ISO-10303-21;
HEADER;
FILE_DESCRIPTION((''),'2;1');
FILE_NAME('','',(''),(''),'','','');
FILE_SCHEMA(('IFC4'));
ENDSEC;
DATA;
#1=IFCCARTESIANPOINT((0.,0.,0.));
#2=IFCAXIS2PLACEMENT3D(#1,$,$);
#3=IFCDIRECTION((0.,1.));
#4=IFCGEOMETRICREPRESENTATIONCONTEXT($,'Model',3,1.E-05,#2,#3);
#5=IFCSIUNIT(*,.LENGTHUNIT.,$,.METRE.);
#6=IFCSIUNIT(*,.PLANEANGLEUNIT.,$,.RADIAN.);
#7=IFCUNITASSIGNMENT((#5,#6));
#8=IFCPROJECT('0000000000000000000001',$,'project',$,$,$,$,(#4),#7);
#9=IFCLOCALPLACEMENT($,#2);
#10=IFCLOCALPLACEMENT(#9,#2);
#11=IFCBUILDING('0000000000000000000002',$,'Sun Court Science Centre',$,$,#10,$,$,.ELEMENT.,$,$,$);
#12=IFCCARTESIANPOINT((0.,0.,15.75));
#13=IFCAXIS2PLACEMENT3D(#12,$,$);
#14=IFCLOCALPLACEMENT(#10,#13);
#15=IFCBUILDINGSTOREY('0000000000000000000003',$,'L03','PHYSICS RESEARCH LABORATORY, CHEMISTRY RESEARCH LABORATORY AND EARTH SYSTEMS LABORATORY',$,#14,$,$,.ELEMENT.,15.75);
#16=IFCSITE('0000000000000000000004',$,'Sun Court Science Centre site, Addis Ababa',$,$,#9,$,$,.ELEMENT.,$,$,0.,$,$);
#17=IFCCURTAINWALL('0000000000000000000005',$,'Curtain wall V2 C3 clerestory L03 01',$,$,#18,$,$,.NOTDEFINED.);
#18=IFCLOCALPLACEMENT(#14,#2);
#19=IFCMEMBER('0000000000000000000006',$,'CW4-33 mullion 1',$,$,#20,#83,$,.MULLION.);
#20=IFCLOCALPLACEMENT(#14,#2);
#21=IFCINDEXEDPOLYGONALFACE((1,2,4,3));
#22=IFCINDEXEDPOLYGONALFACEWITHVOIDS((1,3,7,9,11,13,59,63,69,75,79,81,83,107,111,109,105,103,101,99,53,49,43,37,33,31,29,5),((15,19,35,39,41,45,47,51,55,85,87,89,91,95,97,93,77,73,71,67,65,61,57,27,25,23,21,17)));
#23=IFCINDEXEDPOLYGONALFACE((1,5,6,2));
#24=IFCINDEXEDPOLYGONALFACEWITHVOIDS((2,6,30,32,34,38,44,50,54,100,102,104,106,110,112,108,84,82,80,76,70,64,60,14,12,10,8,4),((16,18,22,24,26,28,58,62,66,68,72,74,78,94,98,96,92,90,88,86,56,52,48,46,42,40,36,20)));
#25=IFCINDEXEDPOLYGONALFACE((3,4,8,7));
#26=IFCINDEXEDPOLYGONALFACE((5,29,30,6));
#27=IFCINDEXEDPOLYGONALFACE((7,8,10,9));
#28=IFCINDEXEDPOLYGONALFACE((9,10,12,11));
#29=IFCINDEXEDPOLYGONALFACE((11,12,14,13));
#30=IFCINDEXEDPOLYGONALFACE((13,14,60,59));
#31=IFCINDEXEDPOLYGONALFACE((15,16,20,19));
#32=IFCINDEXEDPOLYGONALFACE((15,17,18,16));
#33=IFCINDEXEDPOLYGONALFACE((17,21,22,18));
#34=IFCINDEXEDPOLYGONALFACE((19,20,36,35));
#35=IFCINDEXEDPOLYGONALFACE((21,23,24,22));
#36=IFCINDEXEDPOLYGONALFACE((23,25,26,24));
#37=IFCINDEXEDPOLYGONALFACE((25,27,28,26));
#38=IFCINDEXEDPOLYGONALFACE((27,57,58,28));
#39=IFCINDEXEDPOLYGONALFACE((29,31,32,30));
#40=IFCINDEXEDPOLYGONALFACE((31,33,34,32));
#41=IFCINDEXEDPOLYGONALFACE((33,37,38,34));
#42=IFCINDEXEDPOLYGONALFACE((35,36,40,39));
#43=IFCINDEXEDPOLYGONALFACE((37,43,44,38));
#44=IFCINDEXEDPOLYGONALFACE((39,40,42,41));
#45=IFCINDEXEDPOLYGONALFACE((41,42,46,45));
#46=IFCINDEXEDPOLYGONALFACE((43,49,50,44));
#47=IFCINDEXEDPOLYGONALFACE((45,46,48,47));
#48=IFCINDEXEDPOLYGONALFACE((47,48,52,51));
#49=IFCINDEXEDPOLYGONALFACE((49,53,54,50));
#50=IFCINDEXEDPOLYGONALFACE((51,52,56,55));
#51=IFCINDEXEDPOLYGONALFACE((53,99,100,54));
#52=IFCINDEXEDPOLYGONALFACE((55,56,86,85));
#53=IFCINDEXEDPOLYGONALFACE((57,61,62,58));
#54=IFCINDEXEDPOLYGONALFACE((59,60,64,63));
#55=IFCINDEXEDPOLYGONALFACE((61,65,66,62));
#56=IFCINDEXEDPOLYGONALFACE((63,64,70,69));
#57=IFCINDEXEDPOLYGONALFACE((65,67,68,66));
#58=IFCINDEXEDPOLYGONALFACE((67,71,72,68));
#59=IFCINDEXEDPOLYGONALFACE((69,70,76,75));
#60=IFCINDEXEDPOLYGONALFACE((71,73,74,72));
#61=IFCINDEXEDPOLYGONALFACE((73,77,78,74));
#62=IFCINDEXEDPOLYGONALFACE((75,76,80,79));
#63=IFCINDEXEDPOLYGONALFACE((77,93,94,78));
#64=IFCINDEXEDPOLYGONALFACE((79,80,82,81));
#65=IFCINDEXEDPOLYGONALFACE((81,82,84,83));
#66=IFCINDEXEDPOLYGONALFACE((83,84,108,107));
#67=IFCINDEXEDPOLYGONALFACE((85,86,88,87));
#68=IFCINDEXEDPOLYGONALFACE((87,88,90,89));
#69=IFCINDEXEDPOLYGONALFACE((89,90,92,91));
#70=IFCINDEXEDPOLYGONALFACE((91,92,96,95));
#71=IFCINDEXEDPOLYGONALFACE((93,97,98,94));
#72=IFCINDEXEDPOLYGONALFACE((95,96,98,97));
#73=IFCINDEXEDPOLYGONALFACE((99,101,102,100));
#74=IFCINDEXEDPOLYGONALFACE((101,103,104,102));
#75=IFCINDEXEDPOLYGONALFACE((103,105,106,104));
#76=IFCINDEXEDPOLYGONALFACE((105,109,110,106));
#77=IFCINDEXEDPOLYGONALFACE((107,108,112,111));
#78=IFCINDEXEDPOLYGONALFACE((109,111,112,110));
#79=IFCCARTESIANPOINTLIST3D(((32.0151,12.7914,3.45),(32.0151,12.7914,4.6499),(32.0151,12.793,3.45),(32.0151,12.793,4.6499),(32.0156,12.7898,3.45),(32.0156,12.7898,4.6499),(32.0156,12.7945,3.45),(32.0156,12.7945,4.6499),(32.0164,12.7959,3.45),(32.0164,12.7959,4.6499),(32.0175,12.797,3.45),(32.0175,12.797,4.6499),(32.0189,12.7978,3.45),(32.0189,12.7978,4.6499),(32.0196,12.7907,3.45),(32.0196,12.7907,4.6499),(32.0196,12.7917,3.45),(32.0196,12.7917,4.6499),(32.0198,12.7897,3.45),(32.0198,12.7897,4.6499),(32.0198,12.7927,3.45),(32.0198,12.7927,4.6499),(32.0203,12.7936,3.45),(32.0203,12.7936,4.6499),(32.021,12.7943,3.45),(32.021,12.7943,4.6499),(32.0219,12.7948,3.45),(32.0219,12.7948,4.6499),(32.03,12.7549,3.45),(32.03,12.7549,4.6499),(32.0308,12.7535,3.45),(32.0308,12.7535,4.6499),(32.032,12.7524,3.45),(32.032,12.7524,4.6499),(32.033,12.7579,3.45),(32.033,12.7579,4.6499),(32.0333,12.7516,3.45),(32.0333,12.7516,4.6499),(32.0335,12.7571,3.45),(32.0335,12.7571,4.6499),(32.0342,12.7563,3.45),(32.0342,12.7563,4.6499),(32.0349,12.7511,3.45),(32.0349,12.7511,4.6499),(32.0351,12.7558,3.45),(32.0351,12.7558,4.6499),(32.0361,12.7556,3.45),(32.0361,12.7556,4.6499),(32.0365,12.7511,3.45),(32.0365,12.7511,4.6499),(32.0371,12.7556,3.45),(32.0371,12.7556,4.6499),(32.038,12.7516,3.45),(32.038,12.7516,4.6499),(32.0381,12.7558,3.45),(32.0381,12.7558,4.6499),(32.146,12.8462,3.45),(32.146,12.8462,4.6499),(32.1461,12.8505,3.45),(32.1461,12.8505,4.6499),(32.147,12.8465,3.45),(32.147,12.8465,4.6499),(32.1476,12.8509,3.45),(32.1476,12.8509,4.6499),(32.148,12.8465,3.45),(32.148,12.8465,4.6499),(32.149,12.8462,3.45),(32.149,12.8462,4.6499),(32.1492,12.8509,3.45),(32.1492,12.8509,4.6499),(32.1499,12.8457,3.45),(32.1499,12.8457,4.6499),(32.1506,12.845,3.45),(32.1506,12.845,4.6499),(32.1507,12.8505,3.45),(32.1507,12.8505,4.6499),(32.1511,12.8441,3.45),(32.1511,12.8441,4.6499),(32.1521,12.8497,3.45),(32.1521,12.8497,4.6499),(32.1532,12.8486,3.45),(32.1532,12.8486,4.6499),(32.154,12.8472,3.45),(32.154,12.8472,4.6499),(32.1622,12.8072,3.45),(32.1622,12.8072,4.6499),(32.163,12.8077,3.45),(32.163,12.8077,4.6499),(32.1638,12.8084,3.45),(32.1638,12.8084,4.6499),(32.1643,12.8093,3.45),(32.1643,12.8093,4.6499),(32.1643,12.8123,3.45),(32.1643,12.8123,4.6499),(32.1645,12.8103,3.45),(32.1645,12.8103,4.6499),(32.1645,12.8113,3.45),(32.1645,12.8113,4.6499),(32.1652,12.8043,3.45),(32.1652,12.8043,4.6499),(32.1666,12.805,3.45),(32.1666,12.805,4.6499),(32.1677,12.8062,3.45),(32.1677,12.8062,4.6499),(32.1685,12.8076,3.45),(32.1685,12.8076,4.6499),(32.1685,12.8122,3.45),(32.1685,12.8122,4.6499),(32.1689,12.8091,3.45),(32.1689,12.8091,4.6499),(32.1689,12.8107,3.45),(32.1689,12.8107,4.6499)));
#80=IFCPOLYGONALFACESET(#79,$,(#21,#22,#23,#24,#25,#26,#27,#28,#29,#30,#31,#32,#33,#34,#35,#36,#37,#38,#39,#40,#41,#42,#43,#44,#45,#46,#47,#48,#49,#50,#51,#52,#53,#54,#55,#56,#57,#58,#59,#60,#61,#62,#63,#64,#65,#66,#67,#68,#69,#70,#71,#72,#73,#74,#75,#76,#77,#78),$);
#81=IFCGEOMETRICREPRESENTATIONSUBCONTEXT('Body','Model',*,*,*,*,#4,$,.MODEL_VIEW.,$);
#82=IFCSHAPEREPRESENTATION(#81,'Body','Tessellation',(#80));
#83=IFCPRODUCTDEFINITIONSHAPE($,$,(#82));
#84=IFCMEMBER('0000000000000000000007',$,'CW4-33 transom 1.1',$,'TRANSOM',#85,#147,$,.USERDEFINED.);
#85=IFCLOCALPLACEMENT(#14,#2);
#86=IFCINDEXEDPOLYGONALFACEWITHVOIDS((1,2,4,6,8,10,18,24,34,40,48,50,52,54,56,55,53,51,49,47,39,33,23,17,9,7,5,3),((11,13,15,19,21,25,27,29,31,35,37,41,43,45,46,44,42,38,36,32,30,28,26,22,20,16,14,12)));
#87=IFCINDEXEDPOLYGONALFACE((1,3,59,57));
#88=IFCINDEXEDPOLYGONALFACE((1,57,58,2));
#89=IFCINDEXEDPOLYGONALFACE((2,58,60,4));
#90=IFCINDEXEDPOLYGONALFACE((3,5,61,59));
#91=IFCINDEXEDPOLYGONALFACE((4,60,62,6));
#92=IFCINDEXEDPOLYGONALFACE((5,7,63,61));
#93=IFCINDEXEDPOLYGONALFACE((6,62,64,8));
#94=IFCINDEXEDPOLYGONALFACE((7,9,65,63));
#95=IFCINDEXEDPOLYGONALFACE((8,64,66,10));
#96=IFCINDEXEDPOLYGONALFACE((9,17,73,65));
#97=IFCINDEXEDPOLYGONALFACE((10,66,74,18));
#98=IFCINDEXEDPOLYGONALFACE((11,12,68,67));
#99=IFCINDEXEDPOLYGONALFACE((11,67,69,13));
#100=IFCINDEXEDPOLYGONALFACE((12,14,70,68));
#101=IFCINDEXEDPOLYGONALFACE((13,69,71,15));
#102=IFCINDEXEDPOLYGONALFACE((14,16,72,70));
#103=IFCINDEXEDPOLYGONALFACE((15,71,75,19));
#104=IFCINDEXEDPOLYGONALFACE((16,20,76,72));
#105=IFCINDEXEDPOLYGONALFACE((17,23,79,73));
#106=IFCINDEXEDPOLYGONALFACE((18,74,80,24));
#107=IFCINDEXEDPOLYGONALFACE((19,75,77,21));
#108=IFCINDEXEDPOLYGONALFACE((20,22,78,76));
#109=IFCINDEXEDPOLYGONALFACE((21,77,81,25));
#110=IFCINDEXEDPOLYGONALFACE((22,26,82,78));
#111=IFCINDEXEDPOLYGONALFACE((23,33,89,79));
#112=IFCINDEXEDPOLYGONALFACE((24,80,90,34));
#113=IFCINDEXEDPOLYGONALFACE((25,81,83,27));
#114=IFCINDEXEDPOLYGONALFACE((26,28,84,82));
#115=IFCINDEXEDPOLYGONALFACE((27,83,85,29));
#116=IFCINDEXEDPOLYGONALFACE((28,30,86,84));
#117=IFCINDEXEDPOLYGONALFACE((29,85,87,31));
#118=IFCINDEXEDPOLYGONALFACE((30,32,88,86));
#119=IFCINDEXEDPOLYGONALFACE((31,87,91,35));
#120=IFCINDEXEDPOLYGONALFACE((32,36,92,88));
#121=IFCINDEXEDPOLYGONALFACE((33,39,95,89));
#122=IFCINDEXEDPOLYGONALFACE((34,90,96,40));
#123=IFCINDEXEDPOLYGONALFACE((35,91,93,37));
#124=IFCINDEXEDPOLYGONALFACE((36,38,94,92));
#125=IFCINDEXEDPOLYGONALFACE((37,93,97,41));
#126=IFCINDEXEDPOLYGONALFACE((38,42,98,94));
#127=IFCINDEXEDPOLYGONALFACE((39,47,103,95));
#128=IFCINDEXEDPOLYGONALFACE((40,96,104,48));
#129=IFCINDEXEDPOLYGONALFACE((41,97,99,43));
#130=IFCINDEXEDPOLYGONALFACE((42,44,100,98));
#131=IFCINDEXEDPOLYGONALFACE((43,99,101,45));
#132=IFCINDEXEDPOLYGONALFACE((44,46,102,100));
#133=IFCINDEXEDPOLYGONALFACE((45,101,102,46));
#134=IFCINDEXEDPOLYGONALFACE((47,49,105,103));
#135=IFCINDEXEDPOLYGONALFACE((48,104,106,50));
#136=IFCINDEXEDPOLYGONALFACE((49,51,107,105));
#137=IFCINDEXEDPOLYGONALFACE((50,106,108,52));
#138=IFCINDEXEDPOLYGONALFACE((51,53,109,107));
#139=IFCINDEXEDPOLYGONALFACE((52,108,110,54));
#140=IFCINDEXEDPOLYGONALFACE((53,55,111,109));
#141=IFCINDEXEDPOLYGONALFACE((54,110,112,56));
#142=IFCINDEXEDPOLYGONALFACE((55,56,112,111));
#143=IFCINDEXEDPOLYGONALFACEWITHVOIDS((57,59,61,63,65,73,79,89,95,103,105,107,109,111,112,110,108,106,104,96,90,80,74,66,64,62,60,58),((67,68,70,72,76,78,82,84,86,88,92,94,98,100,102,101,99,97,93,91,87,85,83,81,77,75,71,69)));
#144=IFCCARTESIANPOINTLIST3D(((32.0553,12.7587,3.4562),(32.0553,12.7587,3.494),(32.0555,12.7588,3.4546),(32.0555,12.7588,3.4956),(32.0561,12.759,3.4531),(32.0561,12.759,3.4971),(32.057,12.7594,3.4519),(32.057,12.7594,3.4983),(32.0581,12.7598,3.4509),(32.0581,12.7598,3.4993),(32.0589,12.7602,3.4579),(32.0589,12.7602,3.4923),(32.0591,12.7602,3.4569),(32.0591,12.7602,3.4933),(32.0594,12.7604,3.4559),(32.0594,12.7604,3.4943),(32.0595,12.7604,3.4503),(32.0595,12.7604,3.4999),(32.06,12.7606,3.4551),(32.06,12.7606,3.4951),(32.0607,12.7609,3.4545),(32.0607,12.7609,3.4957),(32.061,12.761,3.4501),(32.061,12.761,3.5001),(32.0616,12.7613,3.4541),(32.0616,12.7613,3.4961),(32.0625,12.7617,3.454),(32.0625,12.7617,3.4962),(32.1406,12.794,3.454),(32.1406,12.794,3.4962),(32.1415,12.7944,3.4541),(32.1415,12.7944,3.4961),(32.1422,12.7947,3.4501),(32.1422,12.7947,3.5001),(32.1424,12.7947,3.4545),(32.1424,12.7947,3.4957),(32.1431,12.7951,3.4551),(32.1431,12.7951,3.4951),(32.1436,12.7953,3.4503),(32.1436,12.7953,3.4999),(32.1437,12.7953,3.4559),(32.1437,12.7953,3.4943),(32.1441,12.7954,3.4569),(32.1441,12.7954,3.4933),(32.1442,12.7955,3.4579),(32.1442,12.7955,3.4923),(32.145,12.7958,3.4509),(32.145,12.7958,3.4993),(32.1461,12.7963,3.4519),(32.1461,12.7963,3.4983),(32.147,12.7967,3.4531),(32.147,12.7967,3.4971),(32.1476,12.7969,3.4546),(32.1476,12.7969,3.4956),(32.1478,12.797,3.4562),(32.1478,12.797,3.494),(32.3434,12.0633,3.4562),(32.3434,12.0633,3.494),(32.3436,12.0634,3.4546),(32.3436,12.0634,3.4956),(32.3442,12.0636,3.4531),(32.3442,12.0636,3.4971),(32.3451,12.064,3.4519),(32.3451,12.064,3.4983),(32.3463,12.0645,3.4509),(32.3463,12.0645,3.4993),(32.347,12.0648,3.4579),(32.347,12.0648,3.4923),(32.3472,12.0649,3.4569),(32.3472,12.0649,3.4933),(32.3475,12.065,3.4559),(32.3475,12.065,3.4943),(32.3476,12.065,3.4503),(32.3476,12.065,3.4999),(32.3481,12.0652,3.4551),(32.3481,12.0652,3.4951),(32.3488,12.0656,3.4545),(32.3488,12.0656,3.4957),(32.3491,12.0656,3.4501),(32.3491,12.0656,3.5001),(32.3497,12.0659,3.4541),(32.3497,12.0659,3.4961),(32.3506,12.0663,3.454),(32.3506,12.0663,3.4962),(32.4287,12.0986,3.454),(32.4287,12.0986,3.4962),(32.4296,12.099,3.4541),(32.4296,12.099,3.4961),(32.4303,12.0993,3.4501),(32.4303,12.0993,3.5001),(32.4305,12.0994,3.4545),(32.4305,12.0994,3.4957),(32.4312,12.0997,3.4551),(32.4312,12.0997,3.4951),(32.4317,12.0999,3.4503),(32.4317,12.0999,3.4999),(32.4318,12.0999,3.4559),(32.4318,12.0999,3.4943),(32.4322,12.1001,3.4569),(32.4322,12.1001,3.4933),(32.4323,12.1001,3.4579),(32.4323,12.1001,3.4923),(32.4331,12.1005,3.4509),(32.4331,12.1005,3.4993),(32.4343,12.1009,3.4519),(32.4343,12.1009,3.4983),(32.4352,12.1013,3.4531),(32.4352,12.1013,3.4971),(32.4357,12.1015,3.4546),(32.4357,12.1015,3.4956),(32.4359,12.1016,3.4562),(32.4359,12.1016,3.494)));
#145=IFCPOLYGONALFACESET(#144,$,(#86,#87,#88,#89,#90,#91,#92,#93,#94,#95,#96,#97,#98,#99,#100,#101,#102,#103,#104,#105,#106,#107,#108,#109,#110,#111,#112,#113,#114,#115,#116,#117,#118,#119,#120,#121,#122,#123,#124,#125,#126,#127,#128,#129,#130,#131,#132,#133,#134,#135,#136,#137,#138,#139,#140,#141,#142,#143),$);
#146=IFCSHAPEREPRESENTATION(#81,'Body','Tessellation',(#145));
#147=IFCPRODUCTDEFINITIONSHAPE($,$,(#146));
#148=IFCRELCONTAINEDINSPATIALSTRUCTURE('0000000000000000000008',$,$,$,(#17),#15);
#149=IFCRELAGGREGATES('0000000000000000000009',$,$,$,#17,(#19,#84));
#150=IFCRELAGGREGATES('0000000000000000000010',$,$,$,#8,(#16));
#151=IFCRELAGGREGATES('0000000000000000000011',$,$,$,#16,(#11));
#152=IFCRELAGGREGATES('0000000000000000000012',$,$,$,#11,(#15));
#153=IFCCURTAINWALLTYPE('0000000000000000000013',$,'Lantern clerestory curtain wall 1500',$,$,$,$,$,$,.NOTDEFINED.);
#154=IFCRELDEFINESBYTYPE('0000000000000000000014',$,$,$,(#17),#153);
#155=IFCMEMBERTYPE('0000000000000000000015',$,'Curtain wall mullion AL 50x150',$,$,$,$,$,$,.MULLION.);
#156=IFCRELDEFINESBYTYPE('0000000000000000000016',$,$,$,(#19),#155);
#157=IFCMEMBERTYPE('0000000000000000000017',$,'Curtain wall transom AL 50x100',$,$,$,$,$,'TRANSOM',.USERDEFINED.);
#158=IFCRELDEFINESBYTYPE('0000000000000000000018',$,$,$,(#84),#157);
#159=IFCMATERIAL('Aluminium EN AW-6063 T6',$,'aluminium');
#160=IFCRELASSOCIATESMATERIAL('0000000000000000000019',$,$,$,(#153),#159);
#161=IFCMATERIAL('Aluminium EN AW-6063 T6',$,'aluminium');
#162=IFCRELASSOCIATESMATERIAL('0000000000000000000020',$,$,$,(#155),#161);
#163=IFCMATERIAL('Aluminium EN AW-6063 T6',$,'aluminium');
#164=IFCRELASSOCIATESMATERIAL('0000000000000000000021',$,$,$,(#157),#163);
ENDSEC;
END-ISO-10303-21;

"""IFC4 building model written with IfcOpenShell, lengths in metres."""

from ifc_helpers import new_model, si_unit, direction, frame, origin, origin_2d, place, context, subcontext, project, spatial, hollow_rectangle, extrude, material, material_profile, profile_set, type_object, element, aggregate, save


model = new_model("IFC4")

# Units and contexts
model_context = context("Model", 3, precision=1e-05, world=origin(), true_north=direction((0.0, 1.0)))
body_context = subcontext(model_context, "Body", "Model", "MODEL_VIEW")
ifc_project = project(units=[si_unit("LENGTHUNIT", "METRE"), si_unit("PLANEANGLEUNIT", "RADIAN")], contexts=[model_context])

# Site, building, storey
site_placement = place(None, origin())
site = spatial("IfcSite", under=ifc_project, at=site_placement, Name="Sun Court Science Centre site, Addis Ababa", CompositionType="ELEMENT", RefElevation=0.0)
building_placement = place(site_placement, origin())
building = spatial("IfcBuilding", under=site, at=building_placement, Name="Sun Court Science Centre", CompositionType="ELEMENT")
storey_placement = place(building_placement, frame((0.0, 0.0, 15.75)))
storey = spatial("IfcBuildingStorey", under=building, at=storey_placement, Name="L03", Description="PHYSICS RESEARCH LABORATORY, CHEMISTRY RESEARCH LABORATORY AND EARTH SYSTEMS LABORATORY", CompositionType="ELEMENT", Elevation=15.75)

# Curtain wall, members
ifc_material_1 = material(Name="Aluminium EN AW-6063 T6", Category="aluminium")
curtain_wall_type = type_object("IfcCurtainWallType", Name="Lantern clerestory curtain wall 1500", PredefinedType="NOTDEFINED", material=ifc_material_1)
curtain_wall_1_placement = place(storey_placement, origin())
curtain_wall_1 = element("IfcCurtainWall", 1, at=curtain_wall_1_placement, inside=storey, type_object=curtain_wall_type, Name="Curtain wall V2 C3 clerestory L03 01", PredefinedType="NOTDEFINED")
ifc_material_2 = material(Name="Aluminium EN AW-6063 T6", Category="aluminium")
ifc_material_profile_1 = material_profile(ifc_material_2, hollow_rectangle(XDim=0.05, YDim=0.1499, WallThickness=0.0039, InnerFilletRadius=0.0039, OuterFilletRadius=0.0061, at=origin_2d()), Name="AL 50x150x4")
ifc_profile_set_1 = profile_set([ifc_material_profile_1], Name="Aluminium EN AW-6063 T6")
member_type_1 = type_object("IfcMemberType", Name="Curtain wall mullion AL 50x150", PredefinedType="MULLION", material=ifc_profile_set_1)
member_1_placement = place(storey_placement, frame((32.092, 12.801, 3.45), z_axis=(0.0, 0.0, 1.0), x_axis=(0.382683, -0.92388, 0.0)))
member_1 = element("IfcMember", 2, at=member_1_placement, type_object=member_type_1, Name="CW4-33 mullion 1", PredefinedType="MULLION", context=body_context, shape_type="SweptSolid", body=[
    extrude(hollow_rectangle(XDim=0.05, YDim=0.1499, WallThickness=0.0039, InnerFilletRadius=0.0039, OuterFilletRadius=0.0061, at=origin_2d()), origin(), (0.0, 0.0, 1.0), 1.2),
])
ifc_material_3 = material(Name="Aluminium EN AW-6063 T6", Category="aluminium")
ifc_material_profile_2 = material_profile(ifc_material_3, hollow_rectangle(XDim=0.05, YDim=0.1001, WallThickness=0.0039, InnerFilletRadius=0.0039, OuterFilletRadius=0.0061, at=origin_2d()), Name="AL 50x100x4")
ifc_profile_set_2 = profile_set([ifc_material_profile_2], Name="Aluminium EN AW-6063 T6")
member_type_2 = type_object("IfcMemberType", Name="Curtain wall transom AL 50x100", ElementType="TRANSOM", PredefinedType="USERDEFINED", material=ifc_profile_set_2)
member_2_placement = place(storey_placement, frame((32.1016, 12.7778, 3.4751), z_axis=(0.382772, -0.923843, 0.0), x_axis=(0.0, 0.0, 1.0)))
member_2 = element("IfcMember", 3, at=member_2_placement, type_object=member_type_2, Name="CW4-33 transom 1.1", ObjectType="TRANSOM", PredefinedType="USERDEFINED", context=body_context, shape_type="SweptSolid", body=[
    extrude(hollow_rectangle(XDim=0.05, YDim=0.1001, WallThickness=0.0039, InnerFilletRadius=0.0039, OuterFilletRadius=0.0061, at=origin_2d()), origin(), (0.0, 0.0, 1.0), 0.7527),
])

aggregate(curtain_wall_1, [member_1, member_2])

save(model, "model.ifc")
